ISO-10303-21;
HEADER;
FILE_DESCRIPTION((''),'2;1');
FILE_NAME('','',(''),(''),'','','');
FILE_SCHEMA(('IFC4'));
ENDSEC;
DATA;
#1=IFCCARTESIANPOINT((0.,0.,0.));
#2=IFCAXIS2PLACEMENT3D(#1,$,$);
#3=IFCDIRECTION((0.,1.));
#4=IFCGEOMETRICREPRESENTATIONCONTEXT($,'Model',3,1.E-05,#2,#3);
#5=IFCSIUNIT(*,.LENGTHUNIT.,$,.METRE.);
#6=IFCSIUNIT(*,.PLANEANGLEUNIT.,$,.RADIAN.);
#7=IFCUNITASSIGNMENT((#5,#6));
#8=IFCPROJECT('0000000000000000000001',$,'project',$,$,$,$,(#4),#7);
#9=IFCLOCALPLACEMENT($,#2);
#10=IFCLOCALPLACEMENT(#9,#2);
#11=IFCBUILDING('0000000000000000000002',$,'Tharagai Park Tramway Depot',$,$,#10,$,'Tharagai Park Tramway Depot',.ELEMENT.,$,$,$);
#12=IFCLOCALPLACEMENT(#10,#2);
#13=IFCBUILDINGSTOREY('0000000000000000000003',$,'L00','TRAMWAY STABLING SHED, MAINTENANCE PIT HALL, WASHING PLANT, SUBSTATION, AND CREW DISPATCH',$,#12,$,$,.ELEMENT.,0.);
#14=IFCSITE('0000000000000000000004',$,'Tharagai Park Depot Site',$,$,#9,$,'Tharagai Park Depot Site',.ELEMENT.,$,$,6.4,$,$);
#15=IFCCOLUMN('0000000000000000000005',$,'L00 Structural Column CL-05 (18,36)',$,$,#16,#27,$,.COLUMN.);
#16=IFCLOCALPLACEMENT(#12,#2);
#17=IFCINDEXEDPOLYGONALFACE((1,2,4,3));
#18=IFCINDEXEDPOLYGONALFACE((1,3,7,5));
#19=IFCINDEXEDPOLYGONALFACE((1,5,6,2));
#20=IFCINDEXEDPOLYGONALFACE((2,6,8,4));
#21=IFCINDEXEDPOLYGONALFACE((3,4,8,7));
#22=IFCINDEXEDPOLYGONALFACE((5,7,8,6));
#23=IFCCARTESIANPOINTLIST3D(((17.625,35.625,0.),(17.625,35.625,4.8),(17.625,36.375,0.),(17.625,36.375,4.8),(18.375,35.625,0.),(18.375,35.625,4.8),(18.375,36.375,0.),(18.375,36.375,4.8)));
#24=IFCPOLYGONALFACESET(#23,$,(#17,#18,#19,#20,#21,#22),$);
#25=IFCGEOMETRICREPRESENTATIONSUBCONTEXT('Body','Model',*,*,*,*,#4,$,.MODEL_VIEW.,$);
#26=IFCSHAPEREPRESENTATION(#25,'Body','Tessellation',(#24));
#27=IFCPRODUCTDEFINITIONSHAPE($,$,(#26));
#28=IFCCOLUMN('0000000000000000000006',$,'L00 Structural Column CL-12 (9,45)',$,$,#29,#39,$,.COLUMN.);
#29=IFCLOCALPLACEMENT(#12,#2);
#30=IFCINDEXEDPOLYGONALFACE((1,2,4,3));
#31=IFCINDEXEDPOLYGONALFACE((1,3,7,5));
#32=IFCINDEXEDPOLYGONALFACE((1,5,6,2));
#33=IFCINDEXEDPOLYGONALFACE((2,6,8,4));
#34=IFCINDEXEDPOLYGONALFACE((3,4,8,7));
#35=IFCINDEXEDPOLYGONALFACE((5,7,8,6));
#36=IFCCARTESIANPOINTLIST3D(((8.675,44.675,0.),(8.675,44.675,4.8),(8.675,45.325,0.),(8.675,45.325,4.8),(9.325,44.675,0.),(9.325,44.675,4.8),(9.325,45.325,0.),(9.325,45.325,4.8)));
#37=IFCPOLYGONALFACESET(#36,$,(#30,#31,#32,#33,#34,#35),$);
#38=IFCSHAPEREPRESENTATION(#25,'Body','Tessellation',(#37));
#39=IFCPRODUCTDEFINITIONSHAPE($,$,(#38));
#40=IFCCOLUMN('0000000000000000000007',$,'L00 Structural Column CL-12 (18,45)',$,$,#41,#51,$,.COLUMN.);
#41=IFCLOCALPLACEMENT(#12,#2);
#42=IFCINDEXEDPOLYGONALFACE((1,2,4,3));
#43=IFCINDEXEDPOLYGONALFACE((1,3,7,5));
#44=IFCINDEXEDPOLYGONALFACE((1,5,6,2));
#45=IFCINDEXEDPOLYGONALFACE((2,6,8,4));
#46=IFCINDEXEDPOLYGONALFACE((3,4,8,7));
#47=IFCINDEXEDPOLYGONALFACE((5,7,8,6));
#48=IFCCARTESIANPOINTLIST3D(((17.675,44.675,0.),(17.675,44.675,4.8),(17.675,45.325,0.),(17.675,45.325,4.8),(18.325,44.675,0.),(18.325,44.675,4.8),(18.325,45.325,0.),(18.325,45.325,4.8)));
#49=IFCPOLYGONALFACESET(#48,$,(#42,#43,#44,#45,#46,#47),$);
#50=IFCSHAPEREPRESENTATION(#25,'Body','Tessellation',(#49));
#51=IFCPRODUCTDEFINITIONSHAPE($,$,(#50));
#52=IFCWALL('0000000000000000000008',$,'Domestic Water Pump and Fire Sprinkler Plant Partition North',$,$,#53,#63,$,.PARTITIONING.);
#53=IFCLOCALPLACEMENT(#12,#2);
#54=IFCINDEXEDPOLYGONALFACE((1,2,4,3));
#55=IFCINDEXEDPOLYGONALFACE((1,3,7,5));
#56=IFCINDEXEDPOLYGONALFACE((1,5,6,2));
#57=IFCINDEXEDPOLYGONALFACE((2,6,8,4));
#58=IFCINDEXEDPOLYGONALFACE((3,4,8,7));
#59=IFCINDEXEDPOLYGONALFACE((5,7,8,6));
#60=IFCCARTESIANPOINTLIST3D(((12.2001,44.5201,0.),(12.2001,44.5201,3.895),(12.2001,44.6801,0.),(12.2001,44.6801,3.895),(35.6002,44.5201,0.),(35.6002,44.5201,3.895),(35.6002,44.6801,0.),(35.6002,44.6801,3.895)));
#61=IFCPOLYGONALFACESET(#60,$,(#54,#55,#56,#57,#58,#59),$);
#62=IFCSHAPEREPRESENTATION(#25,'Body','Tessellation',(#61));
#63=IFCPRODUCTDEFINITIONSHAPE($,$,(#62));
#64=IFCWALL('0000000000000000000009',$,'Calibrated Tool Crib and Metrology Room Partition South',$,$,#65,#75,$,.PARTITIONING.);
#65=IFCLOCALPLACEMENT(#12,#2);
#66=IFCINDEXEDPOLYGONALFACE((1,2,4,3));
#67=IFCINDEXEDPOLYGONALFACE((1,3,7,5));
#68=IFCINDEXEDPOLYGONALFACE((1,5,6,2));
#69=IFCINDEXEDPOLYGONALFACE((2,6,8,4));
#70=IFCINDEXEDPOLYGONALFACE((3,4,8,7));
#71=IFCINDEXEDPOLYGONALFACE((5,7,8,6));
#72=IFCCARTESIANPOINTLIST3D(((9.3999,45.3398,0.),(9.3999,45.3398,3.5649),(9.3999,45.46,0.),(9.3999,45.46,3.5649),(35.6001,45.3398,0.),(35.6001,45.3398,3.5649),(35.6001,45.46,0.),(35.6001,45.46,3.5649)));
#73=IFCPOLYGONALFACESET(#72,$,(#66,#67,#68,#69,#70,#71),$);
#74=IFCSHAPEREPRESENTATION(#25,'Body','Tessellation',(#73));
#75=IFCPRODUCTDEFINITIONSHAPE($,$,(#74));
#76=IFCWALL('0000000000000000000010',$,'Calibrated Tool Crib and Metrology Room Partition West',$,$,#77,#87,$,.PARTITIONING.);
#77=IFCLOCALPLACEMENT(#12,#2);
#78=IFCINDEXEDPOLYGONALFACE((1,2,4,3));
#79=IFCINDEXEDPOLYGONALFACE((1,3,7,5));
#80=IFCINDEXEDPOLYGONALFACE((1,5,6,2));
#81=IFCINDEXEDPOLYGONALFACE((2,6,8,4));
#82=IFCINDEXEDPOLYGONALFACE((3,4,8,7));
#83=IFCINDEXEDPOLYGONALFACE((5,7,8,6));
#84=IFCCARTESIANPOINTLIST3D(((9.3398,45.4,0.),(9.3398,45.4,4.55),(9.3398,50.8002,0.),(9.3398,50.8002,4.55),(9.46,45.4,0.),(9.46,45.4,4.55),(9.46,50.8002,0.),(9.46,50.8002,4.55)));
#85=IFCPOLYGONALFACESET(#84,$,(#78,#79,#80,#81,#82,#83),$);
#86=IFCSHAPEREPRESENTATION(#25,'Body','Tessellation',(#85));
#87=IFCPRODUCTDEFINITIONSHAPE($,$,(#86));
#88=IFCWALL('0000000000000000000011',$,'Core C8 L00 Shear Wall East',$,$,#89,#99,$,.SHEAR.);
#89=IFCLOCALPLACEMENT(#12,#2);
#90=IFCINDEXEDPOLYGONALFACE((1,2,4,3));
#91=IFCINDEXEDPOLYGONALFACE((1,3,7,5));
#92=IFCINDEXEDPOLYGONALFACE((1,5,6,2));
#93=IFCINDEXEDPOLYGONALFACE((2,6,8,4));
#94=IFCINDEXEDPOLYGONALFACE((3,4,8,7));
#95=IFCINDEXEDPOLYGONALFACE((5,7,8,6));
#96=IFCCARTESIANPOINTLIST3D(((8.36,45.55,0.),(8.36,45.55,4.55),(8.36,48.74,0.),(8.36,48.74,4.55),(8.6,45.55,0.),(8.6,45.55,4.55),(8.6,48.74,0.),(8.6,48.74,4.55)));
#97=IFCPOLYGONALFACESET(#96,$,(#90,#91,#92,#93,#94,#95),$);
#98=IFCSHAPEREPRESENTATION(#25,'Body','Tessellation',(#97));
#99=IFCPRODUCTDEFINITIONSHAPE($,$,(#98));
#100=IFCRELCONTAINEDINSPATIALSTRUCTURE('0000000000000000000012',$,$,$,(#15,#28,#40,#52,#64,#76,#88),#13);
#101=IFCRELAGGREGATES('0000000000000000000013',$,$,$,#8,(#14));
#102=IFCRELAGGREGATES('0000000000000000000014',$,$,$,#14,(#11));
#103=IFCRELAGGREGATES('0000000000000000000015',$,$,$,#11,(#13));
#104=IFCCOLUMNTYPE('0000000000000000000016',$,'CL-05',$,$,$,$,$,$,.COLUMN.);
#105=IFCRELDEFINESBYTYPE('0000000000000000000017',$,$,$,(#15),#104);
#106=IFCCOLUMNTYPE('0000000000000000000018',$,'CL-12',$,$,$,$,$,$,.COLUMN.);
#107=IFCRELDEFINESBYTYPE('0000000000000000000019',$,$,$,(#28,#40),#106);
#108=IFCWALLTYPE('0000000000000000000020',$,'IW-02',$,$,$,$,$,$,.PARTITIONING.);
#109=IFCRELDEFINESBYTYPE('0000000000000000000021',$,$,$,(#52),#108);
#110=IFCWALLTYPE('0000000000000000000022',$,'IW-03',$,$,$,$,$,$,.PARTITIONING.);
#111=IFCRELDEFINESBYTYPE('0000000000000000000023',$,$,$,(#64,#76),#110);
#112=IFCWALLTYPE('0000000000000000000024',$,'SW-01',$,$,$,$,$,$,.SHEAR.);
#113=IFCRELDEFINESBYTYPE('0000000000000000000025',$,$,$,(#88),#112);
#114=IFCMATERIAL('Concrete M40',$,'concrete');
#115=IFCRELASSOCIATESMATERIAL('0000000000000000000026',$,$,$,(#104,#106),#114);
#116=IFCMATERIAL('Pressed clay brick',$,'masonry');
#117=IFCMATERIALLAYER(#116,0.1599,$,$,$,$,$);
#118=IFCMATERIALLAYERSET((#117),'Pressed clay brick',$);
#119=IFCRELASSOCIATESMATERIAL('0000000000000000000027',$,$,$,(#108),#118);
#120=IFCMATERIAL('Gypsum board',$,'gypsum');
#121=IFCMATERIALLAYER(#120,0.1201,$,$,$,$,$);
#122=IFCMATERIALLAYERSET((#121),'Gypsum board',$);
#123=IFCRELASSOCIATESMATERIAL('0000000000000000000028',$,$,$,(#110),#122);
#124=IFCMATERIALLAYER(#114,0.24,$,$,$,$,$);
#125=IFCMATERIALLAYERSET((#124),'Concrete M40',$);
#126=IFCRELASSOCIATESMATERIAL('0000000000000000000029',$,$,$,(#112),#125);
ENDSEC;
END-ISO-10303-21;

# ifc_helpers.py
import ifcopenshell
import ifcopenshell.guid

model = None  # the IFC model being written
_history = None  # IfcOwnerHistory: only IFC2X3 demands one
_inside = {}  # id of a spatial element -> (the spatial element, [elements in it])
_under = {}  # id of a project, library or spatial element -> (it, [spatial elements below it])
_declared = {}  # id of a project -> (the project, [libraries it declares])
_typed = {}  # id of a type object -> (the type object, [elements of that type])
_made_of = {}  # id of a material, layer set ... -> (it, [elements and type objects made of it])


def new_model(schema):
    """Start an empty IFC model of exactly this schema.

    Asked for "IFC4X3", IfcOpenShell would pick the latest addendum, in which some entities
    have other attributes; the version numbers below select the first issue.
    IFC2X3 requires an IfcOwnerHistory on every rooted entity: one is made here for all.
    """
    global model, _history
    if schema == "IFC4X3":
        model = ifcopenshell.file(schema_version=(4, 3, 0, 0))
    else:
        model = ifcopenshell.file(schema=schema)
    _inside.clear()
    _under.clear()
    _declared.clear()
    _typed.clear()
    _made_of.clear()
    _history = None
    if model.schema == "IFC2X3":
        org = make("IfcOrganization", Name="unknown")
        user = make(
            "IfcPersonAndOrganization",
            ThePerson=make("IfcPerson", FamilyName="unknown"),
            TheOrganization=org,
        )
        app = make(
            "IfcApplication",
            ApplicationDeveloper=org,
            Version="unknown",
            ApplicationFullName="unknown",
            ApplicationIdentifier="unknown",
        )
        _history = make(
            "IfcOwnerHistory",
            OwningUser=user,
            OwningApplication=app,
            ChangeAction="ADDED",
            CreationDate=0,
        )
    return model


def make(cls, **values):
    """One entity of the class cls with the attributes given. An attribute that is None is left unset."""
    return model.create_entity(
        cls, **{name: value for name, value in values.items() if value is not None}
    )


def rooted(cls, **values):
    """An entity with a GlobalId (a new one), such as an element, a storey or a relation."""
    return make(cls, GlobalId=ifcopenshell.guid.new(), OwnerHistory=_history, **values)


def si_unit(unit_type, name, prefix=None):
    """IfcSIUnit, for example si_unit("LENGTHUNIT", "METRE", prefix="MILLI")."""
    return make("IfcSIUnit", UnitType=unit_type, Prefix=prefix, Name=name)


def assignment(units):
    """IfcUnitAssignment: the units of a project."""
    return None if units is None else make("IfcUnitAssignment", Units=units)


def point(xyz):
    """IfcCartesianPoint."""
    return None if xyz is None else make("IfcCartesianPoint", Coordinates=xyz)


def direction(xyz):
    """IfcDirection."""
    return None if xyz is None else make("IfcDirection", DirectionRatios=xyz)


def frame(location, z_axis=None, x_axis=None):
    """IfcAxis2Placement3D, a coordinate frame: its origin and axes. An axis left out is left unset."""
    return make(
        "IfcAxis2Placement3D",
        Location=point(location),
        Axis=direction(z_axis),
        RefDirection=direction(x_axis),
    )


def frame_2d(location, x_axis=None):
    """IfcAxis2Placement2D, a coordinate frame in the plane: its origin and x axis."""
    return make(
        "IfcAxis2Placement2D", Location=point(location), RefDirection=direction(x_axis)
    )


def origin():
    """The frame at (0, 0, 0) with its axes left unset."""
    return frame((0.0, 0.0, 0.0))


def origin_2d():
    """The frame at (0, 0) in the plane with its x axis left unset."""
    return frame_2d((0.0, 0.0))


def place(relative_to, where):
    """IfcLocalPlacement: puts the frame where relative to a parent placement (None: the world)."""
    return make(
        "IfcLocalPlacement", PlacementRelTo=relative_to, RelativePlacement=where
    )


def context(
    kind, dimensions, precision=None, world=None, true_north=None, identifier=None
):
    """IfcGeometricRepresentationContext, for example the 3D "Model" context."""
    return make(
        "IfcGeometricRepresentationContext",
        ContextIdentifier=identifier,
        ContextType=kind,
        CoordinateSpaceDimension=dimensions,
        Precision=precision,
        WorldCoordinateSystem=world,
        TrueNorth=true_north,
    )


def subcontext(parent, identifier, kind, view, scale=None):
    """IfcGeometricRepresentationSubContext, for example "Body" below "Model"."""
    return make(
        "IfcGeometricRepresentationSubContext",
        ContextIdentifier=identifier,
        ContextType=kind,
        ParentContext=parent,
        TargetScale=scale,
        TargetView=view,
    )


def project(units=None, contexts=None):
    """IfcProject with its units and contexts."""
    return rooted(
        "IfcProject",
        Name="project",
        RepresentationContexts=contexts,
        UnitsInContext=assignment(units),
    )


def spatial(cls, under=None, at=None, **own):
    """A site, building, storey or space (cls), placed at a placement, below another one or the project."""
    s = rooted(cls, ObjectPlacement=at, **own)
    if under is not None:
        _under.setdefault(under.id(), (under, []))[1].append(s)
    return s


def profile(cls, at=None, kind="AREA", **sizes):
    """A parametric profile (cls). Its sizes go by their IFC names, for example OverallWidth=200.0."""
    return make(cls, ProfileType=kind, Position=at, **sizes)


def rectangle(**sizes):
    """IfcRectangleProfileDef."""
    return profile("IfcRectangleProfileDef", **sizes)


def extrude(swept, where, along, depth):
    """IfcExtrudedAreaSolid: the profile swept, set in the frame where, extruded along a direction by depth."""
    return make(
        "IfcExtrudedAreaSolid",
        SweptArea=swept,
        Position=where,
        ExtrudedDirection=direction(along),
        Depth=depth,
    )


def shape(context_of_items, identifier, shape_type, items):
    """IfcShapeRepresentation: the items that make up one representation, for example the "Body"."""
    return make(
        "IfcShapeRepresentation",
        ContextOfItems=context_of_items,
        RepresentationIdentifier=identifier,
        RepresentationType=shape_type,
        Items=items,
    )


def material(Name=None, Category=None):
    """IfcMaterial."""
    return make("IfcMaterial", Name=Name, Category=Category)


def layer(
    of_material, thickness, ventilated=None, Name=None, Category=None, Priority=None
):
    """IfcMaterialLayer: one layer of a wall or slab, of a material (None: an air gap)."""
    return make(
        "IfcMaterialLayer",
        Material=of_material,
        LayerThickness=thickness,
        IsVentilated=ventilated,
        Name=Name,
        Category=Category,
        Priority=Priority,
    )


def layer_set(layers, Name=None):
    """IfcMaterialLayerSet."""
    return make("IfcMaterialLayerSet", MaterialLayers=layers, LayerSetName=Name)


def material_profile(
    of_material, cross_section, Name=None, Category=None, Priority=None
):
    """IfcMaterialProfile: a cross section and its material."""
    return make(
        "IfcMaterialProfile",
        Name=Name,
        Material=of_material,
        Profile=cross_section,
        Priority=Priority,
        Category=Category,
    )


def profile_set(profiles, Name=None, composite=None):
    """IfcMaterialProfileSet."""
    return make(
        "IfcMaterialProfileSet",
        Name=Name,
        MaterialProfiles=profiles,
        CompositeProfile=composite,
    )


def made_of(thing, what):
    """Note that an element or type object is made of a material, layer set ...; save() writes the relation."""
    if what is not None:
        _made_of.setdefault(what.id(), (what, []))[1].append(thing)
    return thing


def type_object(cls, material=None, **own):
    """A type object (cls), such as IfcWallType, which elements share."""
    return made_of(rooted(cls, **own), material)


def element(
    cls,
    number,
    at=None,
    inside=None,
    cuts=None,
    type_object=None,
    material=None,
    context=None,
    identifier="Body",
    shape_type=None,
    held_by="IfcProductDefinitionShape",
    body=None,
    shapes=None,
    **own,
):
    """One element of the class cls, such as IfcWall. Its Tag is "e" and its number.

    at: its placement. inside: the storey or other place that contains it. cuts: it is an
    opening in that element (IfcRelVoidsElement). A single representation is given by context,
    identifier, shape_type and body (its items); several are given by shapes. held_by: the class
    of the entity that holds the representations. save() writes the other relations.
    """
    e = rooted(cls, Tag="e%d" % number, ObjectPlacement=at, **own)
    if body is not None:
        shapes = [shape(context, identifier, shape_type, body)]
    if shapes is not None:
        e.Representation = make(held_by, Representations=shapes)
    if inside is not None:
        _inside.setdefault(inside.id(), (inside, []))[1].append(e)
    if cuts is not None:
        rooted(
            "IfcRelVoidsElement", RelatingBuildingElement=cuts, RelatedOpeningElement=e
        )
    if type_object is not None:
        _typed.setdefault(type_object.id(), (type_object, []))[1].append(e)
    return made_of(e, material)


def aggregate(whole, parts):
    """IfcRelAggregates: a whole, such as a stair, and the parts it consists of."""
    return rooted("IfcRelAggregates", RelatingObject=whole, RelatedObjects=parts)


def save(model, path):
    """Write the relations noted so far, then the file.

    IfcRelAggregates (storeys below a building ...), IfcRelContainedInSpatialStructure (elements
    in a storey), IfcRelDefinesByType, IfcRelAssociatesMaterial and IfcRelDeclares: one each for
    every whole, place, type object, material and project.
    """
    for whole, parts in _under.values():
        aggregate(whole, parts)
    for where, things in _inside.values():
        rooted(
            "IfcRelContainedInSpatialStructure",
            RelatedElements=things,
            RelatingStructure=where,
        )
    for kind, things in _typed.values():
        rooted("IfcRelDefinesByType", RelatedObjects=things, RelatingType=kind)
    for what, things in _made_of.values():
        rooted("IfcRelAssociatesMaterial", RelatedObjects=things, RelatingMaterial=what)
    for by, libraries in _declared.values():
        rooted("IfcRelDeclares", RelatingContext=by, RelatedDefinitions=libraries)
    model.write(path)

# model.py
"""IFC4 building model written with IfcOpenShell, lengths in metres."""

from ifc_helpers import new_model, si_unit, direction, frame, frame_2d, origin, origin_2d, place, context, subcontext, project, spatial, rectangle, extrude, material, layer, layer_set, material_profile, profile_set, type_object, element, save


model = new_model("IFC4")

# Units and contexts
model_context = context("Model", 3, precision=1e-05, world=origin(), true_north=direction((0.0, 1.0)))
body_context = subcontext(model_context, "Body", "Model", "MODEL_VIEW")
ifc_project = project(units=[si_unit("LENGTHUNIT", "METRE"), si_unit("PLANEANGLEUNIT", "RADIAN")], contexts=[model_context])

# Site, building, storey
site_placement = place(None, origin())
site = spatial("IfcSite", under=ifc_project, at=site_placement, Name="Tharagai Park Depot Site", LongName="Tharagai Park Depot Site", CompositionType="ELEMENT", RefElevation=6.4)
building_placement = place(site_placement, origin())
building = spatial("IfcBuilding", under=site, at=building_placement, Name="Tharagai Park Tramway Depot", LongName="Tharagai Park Tramway Depot", CompositionType="ELEMENT")
storey_placement = place(building_placement, origin())
storey = spatial("IfcBuildingStorey", under=building, at=storey_placement, Name="L00", Description="TRAMWAY STABLING SHED, MAINTENANCE PIT HALL, WASHING PLANT, SUBSTATION, AND CREW DISPATCH", CompositionType="ELEMENT", Elevation=0.0)

# Shared definitions
ifc_material_1 = material(Name="Concrete M40", Category="concrete")

# Columns
ifc_material_profile_1 = material_profile(ifc_material_1, rectangle(XDim=0.75, YDim=0.75, at=origin_2d()), Name="RC 750x750")
ifc_profile_set_1 = profile_set([ifc_material_profile_1], Name="Concrete M40")
column_type_1 = type_object("IfcColumnType", Name="CL-05", PredefinedType="COLUMN", material=ifc_profile_set_1)
for number, where, z_axis, x_axis, name in (
    (1, (18.0, 36.0, 0.0), (0.0, 0.0, 1.0), (1.0, 0.0, 0.0), "L00 Structural Column CL-05 (18,36)"),
):
    element("IfcColumn", number, at=place(storey_placement, frame(where, z_axis=z_axis, x_axis=x_axis)), inside=storey, type_object=column_type_1, Name=name, PredefinedType="COLUMN", context=body_context, shape_type="SweptSolid", body=[
        extrude(rectangle(XDim=0.75, YDim=0.75, at=origin_2d()), origin(), (0.0, 0.0, 1.0), 4.8),
    ])
ifc_material_profile_2 = material_profile(ifc_material_1, rectangle(XDim=0.6499, YDim=0.6499, at=origin_2d()), Name="RC 650x650")
ifc_profile_set_2 = profile_set([ifc_material_profile_2], Name="Concrete M40")
column_type_2 = type_object("IfcColumnType", Name="CL-12", PredefinedType="COLUMN", material=ifc_profile_set_2)
for number, where, z_axis, x_axis, name in (
    (2, (9.0, 45.0, 0.0), (0.0, 0.0, 1.0), (1.0, 0.0, 0.0), "L00 Structural Column CL-12 (9,45)"),
    (3, (18.0, 45.0, 0.0), (0.0, 0.0, 1.0), (1.0, 0.0, 0.0), "L00 Structural Column CL-12 (18,45)"),
):
    element("IfcColumn", number, at=place(storey_placement, frame(where, z_axis=z_axis, x_axis=x_axis)), inside=storey, type_object=column_type_2, Name=name, PredefinedType="COLUMN", context=body_context, shape_type="SweptSolid", body=[
        extrude(rectangle(XDim=0.6499, YDim=0.6499, at=origin_2d()), origin(), (0.0, 0.0, 1.0), 4.8),
    ])

# Walls
ifc_material_2 = material(Name="Pressed clay brick", Category="masonry")
ifc_layer_1 = layer(ifc_material_2, 0.1599)
ifc_layer_set_1 = layer_set([ifc_layer_1], Name="Pressed clay brick")
wall_type_1 = type_object("IfcWallType", Name="IW-02", PredefinedType="PARTITIONING", material=ifc_layer_set_1)
wall_1_placement = place(storey_placement, frame((12.2, 44.6001, 0.0), z_axis=(0.0, 0.0, 1.0), x_axis=(1.0, 0.0, 0.0)))
element("IfcWall", 4, at=wall_1_placement, inside=storey, type_object=wall_type_1, Name="Domestic Water Pump and Fire Sprinkler Plant Partition North", PredefinedType="PARTITIONING", context=body_context, shape_type="SweptSolid", body=[
    extrude(rectangle(XDim=23.4001, YDim=0.1599, at=frame_2d((11.7002, 0.0))), origin(), (0.0, 0.0, 1.0), 3.895),
])
ifc_material_3 = material(Name="Gypsum board", Category="gypsum")
ifc_layer_2 = layer(ifc_material_3, 0.1201)
ifc_layer_set_2 = layer_set([ifc_layer_2], Name="Gypsum board")
wall_type_2 = type_object("IfcWallType", Name="IW-03", PredefinedType="PARTITIONING", material=ifc_layer_set_2)
wall_2_placement = place(storey_placement, frame((9.3999, 45.3999, 0.0), z_axis=(0.0, 0.0, 1.0), x_axis=(1.0, 0.0, 0.0)))
element("IfcWall", 5, at=wall_2_placement, inside=storey, type_object=wall_type_2, Name="Calibrated Tool Crib and Metrology Room Partition South", PredefinedType="PARTITIONING", context=body_context, shape_type="SweptSolid", body=[
    extrude(rectangle(XDim=26.2002, YDim=0.1201, at=frame_2d((13.1001, 0.0))), origin(), (0.0, 0.0, 1.0), 3.5649),
])
wall_3_placement = place(storey_placement, frame((9.3999, 45.3999, 0.0), z_axis=(0.0, 0.0, 1.0), x_axis=(0.0, 1.0, 0.0)))
element("IfcWall", 6, at=wall_3_placement, inside=storey, type_object=wall_type_2, Name="Calibrated Tool Crib and Metrology Room Partition West", PredefinedType="PARTITIONING", context=body_context, shape_type="SweptSolid", body=[
    extrude(rectangle(XDim=5.4001, YDim=0.1201, at=frame_2d((2.7002, 0.0))), origin(), (0.0, 0.0, 1.0), 4.55),
])
ifc_layer_3 = layer(ifc_material_1, 0.24)
ifc_layer_set_3 = layer_set([ifc_layer_3], Name="Concrete M40")
wall_type_3 = type_object("IfcWallType", Name="SW-01", PredefinedType="SHEAR", material=ifc_layer_set_3)
wall_4_placement = place(storey_placement, frame((8.48, 45.55, 0.0), z_axis=(0.0, 0.0, 1.0), x_axis=(0.0, 1.0, 0.0)))
element("IfcWall", 7, at=wall_4_placement, inside=storey, type_object=wall_type_3, Name="Core C8 L00 Shear Wall East", PredefinedType="SHEAR", context=body_context, shape_type="SweptSolid", body=[
    extrude(rectangle(XDim=3.1899, YDim=0.24, at=frame_2d((1.595, 0.0))), origin(), (0.0, 0.0, 1.0), 4.55),
])

save(model, "model.ifc")
